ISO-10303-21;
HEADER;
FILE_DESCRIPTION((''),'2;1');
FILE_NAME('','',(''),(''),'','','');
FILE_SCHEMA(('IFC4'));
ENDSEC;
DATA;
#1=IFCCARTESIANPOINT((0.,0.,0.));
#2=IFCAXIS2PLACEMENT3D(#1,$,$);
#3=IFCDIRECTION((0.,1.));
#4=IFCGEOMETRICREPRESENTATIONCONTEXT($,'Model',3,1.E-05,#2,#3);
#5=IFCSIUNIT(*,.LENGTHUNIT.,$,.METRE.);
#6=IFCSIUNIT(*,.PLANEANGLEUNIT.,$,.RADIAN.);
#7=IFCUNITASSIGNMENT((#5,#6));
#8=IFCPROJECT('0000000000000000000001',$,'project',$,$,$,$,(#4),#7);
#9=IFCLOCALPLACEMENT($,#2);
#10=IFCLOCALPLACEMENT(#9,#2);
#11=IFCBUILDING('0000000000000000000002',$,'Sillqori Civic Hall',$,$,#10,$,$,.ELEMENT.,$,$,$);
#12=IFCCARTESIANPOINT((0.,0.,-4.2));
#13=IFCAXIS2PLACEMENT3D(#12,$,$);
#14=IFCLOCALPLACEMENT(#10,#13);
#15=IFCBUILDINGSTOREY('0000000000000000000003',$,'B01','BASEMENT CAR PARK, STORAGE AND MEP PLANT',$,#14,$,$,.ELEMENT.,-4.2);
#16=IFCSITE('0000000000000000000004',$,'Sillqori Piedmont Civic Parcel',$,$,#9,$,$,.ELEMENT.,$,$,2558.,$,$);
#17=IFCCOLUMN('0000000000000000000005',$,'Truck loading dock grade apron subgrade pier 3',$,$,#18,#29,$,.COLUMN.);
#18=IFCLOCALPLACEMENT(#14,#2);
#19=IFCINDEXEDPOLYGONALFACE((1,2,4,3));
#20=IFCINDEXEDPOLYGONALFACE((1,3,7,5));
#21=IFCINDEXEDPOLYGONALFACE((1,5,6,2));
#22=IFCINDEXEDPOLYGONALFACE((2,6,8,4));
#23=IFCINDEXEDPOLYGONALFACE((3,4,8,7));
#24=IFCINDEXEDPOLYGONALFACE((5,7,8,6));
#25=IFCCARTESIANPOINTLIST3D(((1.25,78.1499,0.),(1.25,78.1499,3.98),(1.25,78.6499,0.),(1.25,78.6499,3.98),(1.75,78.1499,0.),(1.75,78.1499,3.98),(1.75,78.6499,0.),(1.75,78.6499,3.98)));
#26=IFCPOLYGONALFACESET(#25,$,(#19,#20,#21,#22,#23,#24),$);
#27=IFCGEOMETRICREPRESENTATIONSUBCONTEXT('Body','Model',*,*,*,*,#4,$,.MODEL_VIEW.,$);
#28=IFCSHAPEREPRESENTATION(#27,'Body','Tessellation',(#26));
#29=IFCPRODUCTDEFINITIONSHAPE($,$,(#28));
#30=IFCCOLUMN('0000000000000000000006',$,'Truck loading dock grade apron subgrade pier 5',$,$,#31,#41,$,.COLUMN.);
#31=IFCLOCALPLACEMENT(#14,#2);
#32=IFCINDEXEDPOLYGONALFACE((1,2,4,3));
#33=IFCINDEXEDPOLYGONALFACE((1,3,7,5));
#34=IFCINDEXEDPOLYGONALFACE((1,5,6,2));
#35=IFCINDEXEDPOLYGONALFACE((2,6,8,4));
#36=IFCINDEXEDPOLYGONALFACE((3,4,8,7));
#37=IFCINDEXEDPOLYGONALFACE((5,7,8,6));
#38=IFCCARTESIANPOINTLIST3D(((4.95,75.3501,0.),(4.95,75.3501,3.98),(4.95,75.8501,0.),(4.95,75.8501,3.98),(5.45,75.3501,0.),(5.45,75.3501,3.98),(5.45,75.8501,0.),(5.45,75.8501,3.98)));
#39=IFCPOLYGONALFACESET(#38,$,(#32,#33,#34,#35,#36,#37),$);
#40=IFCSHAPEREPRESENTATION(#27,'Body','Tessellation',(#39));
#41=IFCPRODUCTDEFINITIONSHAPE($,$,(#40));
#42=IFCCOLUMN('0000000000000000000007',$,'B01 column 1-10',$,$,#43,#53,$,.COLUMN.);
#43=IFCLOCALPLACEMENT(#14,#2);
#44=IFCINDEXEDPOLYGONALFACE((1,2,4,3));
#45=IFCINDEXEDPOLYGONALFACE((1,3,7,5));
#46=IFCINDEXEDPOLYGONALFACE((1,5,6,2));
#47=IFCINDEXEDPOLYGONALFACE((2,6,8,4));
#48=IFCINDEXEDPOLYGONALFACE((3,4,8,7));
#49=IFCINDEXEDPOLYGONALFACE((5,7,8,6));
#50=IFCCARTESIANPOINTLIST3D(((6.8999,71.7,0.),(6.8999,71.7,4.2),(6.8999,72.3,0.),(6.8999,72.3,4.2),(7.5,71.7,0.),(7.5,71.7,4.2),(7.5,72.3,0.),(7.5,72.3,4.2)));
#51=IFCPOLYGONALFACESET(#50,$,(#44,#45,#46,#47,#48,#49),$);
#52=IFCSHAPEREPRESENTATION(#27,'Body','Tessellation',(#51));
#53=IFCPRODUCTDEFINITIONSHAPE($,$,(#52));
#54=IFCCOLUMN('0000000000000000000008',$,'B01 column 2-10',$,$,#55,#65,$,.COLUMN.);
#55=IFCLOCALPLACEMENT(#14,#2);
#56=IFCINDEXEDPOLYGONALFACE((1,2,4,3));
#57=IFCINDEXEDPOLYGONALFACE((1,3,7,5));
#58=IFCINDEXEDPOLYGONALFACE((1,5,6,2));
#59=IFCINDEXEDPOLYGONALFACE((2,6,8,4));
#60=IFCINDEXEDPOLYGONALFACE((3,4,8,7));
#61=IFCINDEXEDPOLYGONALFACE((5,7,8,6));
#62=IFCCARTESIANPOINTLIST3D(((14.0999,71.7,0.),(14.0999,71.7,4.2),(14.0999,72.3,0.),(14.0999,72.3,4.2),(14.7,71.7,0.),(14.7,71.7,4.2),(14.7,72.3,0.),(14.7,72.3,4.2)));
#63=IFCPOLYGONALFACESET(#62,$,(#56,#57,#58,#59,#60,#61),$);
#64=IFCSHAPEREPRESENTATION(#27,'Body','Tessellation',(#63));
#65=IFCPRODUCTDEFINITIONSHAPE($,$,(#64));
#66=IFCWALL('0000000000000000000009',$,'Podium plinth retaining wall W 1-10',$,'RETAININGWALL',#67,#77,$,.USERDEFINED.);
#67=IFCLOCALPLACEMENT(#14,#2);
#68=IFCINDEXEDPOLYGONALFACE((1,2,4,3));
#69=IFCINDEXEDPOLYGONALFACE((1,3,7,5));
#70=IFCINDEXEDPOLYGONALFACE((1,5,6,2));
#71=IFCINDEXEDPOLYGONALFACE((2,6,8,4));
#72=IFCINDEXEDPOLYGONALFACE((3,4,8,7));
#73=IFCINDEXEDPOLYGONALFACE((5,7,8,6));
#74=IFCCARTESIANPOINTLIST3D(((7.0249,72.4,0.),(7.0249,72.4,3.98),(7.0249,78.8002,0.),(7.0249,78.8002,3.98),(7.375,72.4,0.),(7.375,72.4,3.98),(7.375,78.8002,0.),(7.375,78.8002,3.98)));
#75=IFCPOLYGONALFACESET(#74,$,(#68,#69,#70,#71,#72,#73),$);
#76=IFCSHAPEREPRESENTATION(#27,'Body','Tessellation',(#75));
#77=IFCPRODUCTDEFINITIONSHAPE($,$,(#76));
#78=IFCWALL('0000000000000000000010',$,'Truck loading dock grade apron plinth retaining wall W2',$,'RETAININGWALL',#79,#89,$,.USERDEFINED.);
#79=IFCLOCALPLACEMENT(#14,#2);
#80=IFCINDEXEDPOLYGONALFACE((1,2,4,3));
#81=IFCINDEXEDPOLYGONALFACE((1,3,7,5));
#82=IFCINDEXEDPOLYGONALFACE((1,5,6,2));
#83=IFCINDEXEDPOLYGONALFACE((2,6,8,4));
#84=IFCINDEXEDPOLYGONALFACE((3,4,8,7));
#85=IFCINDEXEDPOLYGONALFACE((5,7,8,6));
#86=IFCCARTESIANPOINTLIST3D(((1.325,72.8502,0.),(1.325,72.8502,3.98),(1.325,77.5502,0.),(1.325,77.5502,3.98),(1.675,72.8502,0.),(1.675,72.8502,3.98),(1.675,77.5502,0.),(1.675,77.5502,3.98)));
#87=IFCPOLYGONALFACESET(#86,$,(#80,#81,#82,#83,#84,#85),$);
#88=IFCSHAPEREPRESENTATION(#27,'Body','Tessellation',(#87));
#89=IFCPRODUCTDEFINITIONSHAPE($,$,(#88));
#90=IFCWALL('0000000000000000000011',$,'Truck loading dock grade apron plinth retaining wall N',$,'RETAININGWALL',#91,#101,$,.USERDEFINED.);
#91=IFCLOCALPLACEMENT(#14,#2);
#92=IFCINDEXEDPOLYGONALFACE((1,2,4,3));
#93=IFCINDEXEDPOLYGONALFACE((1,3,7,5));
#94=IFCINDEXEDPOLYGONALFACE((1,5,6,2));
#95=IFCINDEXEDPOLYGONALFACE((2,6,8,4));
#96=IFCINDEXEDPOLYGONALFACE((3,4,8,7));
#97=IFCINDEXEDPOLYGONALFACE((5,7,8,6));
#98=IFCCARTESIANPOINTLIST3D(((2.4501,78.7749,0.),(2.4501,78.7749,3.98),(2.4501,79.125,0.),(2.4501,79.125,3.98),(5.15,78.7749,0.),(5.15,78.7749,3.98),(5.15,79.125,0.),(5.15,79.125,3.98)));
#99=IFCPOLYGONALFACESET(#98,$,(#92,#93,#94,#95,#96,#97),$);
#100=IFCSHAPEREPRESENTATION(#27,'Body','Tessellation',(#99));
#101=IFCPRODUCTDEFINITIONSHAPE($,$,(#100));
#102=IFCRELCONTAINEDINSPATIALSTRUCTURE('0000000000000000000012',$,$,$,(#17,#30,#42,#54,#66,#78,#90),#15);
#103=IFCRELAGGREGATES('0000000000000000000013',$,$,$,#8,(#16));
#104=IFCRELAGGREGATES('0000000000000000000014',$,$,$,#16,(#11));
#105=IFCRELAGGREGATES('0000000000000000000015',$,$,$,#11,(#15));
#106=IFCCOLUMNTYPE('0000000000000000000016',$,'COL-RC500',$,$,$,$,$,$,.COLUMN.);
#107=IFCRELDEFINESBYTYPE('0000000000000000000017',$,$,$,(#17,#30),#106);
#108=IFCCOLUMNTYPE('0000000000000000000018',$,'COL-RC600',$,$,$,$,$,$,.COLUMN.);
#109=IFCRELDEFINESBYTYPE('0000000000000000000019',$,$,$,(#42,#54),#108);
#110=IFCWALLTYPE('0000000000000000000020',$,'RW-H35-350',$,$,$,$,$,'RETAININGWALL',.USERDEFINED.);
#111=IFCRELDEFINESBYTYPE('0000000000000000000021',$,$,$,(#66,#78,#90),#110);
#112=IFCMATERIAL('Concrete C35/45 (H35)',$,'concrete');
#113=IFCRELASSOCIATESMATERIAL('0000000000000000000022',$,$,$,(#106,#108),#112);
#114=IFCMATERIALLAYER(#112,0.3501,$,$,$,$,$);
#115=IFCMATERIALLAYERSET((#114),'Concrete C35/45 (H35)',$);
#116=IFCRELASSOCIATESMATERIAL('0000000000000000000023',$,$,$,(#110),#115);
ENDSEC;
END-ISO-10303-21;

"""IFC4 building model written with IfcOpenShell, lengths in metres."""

from ifc_helpers import new_model, si_unit, direction, frame, frame_2d, origin, origin_2d, place, context, subcontext, project, spatial, rectangle, extrude, material, layer, layer_set, material_profile, profile_set, type_object, element, save


model = new_model("IFC4")

# Units and contexts
model_context = context("Model", 3, precision=1e-05, world=origin(), true_north=direction((0.0, 1.0)))
body_context = subcontext(model_context, "Body", "Model", "MODEL_VIEW")
ifc_project = project(units=[si_unit("LENGTHUNIT", "METRE"), si_unit("PLANEANGLEUNIT", "RADIAN")], contexts=[model_context])

# Site, building, storey
site_placement = place(None, origin())
site = spatial("IfcSite", under=ifc_project, at=site_placement, Name="Sillqori Piedmont Civic Parcel", CompositionType="ELEMENT", RefElevation=2558.0)
building_placement = place(site_placement, origin())
building = spatial("IfcBuilding", under=site, at=building_placement, Name="Sillqori Civic Hall", CompositionType="ELEMENT")
storey_placement = place(building_placement, frame((0.0, 0.0, -4.2)))
storey = spatial("IfcBuildingStorey", under=building, at=storey_placement, Name="B01", Description="BASEMENT CAR PARK, STORAGE AND MEP PLANT", CompositionType="ELEMENT", Elevation=-4.2)

# Shared definitions
ifc_material = material(Name="Concrete C35/45 (H35)", Category="concrete")

# Columns
ifc_material_profile_1 = material_profile(ifc_material, rectangle(XDim=0.5, YDim=0.5, at=origin_2d()), Name="RC 500x500")
ifc_profile_set_1 = profile_set([ifc_material_profile_1], Name="Concrete C35/45 (H35)")
column_type_1 = type_object("IfcColumnType", Name="COL-RC500", PredefinedType="COLUMN", material=ifc_profile_set_1)
for number, where, z_axis, x_axis, name in (
    (1, (1.5, 78.3999, 0.0), (0.0, 0.0, 1.0), (1.0, 0.0, 0.0), "Truck loading dock grade apron subgrade pier 3"),
    (2, (5.2, 75.6001, 0.0), (0.0, 0.0, 1.0), (1.0, 0.0, 0.0), "Truck loading dock grade apron subgrade pier 5"),
):
    element("IfcColumn", number, at=place(storey_placement, frame(where, z_axis=z_axis, x_axis=x_axis)), inside=storey, type_object=column_type_1, Name=name, PredefinedType="COLUMN", context=body_context, shape_type="SweptSolid", body=[
        extrude(rectangle(XDim=0.5, YDim=0.5, at=origin_2d()), origin(), (0.0, 0.0, 1.0), 3.98),
    ])
ifc_material_profile_2 = material_profile(ifc_material, rectangle(XDim=0.6001, YDim=0.6001, at=origin_2d()), Name="RC 600x600")
ifc_profile_set_2 = profile_set([ifc_material_profile_2], Name="Concrete C35/45 (H35)")
column_type_2 = type_object("IfcColumnType", Name="COL-RC600", PredefinedType="COLUMN", material=ifc_profile_set_2)
for number, where, z_axis, x_axis, name in (
    (3, (7.2, 72.0, 0.0), (0.0, 0.0, 1.0), (1.0, 0.0, 0.0), "B01 column 1-10"),
    (4, (14.3999, 72.0, 0.0), (0.0, 0.0, 1.0), (1.0, 0.0, 0.0), "B01 column 2-10"),
):
    element("IfcColumn", number, at=place(storey_placement, frame(where, z_axis=z_axis, x_axis=x_axis)), inside=storey, type_object=column_type_2, Name=name, PredefinedType="COLUMN", context=body_context, shape_type="SweptSolid", body=[
        extrude(rectangle(XDim=0.6001, YDim=0.6001, at=origin_2d()), origin(), (0.0, 0.0, 1.0), 4.2),
    ])

# Walls
ifc_layer = layer(ifc_material, 0.3501)
ifc_layer_set = layer_set([ifc_layer], Name="Concrete C35/45 (H35)")
wall_type = type_object("IfcWallType", Name="RW-H35-350", ElementType="RETAININGWALL", PredefinedType="USERDEFINED", material=ifc_layer_set)
wall_1_placement = place(storey_placement, frame((7.2, 72.3999, 0.0), z_axis=(0.0, 0.0, 1.0), x_axis=(0.0, 1.0, 0.0)))
element("IfcWall", 5, at=wall_1_placement, inside=storey, type_object=wall_type, Name="Podium plinth retaining wall W 1-10", ObjectType="RETAININGWALL", PredefinedType="USERDEFINED", context=body_context, shape_type="SweptSolid", body=[
    extrude(rectangle(XDim=6.4001, YDim=0.3501, at=frame_2d((3.2002, 0.0))), origin(), (0.0, 0.0, 1.0), 3.98),
])
wall_2_placement = place(storey_placement, frame((1.5, 72.8501, 0.0), z_axis=(0.0, 0.0, 1.0), x_axis=(0.0, 1.0, 0.0)))
element("IfcWall", 6, at=wall_2_placement, inside=storey, type_object=wall_type, Name="Truck loading dock grade apron plinth retaining wall W2", ObjectType="RETAININGWALL", PredefinedType="USERDEFINED", context=body_context, shape_type="SweptSolid", body=[
    extrude(rectangle(XDim=4.7, YDim=0.3501, at=frame_2d((2.3501, 0.0))), origin(), (0.0, 0.0, 1.0), 3.98),
])
wall_3_placement = place(storey_placement, frame((2.45, 78.95, 0.0), z_axis=(0.0, 0.0, 1.0), x_axis=(1.0, 0.0, 0.0)))
element("IfcWall", 7, at=wall_3_placement, inside=storey, type_object=wall_type, Name="Truck loading dock grade apron plinth retaining wall N", ObjectType="RETAININGWALL", PredefinedType="USERDEFINED", context=body_context, shape_type="SweptSolid", body=[
    extrude(rectangle(XDim=2.7, YDim=0.3501, at=frame_2d((1.3501, 0.0))), origin(), (0.0, 0.0, 1.0), 3.98),
])

save(model, "model.ifc")
